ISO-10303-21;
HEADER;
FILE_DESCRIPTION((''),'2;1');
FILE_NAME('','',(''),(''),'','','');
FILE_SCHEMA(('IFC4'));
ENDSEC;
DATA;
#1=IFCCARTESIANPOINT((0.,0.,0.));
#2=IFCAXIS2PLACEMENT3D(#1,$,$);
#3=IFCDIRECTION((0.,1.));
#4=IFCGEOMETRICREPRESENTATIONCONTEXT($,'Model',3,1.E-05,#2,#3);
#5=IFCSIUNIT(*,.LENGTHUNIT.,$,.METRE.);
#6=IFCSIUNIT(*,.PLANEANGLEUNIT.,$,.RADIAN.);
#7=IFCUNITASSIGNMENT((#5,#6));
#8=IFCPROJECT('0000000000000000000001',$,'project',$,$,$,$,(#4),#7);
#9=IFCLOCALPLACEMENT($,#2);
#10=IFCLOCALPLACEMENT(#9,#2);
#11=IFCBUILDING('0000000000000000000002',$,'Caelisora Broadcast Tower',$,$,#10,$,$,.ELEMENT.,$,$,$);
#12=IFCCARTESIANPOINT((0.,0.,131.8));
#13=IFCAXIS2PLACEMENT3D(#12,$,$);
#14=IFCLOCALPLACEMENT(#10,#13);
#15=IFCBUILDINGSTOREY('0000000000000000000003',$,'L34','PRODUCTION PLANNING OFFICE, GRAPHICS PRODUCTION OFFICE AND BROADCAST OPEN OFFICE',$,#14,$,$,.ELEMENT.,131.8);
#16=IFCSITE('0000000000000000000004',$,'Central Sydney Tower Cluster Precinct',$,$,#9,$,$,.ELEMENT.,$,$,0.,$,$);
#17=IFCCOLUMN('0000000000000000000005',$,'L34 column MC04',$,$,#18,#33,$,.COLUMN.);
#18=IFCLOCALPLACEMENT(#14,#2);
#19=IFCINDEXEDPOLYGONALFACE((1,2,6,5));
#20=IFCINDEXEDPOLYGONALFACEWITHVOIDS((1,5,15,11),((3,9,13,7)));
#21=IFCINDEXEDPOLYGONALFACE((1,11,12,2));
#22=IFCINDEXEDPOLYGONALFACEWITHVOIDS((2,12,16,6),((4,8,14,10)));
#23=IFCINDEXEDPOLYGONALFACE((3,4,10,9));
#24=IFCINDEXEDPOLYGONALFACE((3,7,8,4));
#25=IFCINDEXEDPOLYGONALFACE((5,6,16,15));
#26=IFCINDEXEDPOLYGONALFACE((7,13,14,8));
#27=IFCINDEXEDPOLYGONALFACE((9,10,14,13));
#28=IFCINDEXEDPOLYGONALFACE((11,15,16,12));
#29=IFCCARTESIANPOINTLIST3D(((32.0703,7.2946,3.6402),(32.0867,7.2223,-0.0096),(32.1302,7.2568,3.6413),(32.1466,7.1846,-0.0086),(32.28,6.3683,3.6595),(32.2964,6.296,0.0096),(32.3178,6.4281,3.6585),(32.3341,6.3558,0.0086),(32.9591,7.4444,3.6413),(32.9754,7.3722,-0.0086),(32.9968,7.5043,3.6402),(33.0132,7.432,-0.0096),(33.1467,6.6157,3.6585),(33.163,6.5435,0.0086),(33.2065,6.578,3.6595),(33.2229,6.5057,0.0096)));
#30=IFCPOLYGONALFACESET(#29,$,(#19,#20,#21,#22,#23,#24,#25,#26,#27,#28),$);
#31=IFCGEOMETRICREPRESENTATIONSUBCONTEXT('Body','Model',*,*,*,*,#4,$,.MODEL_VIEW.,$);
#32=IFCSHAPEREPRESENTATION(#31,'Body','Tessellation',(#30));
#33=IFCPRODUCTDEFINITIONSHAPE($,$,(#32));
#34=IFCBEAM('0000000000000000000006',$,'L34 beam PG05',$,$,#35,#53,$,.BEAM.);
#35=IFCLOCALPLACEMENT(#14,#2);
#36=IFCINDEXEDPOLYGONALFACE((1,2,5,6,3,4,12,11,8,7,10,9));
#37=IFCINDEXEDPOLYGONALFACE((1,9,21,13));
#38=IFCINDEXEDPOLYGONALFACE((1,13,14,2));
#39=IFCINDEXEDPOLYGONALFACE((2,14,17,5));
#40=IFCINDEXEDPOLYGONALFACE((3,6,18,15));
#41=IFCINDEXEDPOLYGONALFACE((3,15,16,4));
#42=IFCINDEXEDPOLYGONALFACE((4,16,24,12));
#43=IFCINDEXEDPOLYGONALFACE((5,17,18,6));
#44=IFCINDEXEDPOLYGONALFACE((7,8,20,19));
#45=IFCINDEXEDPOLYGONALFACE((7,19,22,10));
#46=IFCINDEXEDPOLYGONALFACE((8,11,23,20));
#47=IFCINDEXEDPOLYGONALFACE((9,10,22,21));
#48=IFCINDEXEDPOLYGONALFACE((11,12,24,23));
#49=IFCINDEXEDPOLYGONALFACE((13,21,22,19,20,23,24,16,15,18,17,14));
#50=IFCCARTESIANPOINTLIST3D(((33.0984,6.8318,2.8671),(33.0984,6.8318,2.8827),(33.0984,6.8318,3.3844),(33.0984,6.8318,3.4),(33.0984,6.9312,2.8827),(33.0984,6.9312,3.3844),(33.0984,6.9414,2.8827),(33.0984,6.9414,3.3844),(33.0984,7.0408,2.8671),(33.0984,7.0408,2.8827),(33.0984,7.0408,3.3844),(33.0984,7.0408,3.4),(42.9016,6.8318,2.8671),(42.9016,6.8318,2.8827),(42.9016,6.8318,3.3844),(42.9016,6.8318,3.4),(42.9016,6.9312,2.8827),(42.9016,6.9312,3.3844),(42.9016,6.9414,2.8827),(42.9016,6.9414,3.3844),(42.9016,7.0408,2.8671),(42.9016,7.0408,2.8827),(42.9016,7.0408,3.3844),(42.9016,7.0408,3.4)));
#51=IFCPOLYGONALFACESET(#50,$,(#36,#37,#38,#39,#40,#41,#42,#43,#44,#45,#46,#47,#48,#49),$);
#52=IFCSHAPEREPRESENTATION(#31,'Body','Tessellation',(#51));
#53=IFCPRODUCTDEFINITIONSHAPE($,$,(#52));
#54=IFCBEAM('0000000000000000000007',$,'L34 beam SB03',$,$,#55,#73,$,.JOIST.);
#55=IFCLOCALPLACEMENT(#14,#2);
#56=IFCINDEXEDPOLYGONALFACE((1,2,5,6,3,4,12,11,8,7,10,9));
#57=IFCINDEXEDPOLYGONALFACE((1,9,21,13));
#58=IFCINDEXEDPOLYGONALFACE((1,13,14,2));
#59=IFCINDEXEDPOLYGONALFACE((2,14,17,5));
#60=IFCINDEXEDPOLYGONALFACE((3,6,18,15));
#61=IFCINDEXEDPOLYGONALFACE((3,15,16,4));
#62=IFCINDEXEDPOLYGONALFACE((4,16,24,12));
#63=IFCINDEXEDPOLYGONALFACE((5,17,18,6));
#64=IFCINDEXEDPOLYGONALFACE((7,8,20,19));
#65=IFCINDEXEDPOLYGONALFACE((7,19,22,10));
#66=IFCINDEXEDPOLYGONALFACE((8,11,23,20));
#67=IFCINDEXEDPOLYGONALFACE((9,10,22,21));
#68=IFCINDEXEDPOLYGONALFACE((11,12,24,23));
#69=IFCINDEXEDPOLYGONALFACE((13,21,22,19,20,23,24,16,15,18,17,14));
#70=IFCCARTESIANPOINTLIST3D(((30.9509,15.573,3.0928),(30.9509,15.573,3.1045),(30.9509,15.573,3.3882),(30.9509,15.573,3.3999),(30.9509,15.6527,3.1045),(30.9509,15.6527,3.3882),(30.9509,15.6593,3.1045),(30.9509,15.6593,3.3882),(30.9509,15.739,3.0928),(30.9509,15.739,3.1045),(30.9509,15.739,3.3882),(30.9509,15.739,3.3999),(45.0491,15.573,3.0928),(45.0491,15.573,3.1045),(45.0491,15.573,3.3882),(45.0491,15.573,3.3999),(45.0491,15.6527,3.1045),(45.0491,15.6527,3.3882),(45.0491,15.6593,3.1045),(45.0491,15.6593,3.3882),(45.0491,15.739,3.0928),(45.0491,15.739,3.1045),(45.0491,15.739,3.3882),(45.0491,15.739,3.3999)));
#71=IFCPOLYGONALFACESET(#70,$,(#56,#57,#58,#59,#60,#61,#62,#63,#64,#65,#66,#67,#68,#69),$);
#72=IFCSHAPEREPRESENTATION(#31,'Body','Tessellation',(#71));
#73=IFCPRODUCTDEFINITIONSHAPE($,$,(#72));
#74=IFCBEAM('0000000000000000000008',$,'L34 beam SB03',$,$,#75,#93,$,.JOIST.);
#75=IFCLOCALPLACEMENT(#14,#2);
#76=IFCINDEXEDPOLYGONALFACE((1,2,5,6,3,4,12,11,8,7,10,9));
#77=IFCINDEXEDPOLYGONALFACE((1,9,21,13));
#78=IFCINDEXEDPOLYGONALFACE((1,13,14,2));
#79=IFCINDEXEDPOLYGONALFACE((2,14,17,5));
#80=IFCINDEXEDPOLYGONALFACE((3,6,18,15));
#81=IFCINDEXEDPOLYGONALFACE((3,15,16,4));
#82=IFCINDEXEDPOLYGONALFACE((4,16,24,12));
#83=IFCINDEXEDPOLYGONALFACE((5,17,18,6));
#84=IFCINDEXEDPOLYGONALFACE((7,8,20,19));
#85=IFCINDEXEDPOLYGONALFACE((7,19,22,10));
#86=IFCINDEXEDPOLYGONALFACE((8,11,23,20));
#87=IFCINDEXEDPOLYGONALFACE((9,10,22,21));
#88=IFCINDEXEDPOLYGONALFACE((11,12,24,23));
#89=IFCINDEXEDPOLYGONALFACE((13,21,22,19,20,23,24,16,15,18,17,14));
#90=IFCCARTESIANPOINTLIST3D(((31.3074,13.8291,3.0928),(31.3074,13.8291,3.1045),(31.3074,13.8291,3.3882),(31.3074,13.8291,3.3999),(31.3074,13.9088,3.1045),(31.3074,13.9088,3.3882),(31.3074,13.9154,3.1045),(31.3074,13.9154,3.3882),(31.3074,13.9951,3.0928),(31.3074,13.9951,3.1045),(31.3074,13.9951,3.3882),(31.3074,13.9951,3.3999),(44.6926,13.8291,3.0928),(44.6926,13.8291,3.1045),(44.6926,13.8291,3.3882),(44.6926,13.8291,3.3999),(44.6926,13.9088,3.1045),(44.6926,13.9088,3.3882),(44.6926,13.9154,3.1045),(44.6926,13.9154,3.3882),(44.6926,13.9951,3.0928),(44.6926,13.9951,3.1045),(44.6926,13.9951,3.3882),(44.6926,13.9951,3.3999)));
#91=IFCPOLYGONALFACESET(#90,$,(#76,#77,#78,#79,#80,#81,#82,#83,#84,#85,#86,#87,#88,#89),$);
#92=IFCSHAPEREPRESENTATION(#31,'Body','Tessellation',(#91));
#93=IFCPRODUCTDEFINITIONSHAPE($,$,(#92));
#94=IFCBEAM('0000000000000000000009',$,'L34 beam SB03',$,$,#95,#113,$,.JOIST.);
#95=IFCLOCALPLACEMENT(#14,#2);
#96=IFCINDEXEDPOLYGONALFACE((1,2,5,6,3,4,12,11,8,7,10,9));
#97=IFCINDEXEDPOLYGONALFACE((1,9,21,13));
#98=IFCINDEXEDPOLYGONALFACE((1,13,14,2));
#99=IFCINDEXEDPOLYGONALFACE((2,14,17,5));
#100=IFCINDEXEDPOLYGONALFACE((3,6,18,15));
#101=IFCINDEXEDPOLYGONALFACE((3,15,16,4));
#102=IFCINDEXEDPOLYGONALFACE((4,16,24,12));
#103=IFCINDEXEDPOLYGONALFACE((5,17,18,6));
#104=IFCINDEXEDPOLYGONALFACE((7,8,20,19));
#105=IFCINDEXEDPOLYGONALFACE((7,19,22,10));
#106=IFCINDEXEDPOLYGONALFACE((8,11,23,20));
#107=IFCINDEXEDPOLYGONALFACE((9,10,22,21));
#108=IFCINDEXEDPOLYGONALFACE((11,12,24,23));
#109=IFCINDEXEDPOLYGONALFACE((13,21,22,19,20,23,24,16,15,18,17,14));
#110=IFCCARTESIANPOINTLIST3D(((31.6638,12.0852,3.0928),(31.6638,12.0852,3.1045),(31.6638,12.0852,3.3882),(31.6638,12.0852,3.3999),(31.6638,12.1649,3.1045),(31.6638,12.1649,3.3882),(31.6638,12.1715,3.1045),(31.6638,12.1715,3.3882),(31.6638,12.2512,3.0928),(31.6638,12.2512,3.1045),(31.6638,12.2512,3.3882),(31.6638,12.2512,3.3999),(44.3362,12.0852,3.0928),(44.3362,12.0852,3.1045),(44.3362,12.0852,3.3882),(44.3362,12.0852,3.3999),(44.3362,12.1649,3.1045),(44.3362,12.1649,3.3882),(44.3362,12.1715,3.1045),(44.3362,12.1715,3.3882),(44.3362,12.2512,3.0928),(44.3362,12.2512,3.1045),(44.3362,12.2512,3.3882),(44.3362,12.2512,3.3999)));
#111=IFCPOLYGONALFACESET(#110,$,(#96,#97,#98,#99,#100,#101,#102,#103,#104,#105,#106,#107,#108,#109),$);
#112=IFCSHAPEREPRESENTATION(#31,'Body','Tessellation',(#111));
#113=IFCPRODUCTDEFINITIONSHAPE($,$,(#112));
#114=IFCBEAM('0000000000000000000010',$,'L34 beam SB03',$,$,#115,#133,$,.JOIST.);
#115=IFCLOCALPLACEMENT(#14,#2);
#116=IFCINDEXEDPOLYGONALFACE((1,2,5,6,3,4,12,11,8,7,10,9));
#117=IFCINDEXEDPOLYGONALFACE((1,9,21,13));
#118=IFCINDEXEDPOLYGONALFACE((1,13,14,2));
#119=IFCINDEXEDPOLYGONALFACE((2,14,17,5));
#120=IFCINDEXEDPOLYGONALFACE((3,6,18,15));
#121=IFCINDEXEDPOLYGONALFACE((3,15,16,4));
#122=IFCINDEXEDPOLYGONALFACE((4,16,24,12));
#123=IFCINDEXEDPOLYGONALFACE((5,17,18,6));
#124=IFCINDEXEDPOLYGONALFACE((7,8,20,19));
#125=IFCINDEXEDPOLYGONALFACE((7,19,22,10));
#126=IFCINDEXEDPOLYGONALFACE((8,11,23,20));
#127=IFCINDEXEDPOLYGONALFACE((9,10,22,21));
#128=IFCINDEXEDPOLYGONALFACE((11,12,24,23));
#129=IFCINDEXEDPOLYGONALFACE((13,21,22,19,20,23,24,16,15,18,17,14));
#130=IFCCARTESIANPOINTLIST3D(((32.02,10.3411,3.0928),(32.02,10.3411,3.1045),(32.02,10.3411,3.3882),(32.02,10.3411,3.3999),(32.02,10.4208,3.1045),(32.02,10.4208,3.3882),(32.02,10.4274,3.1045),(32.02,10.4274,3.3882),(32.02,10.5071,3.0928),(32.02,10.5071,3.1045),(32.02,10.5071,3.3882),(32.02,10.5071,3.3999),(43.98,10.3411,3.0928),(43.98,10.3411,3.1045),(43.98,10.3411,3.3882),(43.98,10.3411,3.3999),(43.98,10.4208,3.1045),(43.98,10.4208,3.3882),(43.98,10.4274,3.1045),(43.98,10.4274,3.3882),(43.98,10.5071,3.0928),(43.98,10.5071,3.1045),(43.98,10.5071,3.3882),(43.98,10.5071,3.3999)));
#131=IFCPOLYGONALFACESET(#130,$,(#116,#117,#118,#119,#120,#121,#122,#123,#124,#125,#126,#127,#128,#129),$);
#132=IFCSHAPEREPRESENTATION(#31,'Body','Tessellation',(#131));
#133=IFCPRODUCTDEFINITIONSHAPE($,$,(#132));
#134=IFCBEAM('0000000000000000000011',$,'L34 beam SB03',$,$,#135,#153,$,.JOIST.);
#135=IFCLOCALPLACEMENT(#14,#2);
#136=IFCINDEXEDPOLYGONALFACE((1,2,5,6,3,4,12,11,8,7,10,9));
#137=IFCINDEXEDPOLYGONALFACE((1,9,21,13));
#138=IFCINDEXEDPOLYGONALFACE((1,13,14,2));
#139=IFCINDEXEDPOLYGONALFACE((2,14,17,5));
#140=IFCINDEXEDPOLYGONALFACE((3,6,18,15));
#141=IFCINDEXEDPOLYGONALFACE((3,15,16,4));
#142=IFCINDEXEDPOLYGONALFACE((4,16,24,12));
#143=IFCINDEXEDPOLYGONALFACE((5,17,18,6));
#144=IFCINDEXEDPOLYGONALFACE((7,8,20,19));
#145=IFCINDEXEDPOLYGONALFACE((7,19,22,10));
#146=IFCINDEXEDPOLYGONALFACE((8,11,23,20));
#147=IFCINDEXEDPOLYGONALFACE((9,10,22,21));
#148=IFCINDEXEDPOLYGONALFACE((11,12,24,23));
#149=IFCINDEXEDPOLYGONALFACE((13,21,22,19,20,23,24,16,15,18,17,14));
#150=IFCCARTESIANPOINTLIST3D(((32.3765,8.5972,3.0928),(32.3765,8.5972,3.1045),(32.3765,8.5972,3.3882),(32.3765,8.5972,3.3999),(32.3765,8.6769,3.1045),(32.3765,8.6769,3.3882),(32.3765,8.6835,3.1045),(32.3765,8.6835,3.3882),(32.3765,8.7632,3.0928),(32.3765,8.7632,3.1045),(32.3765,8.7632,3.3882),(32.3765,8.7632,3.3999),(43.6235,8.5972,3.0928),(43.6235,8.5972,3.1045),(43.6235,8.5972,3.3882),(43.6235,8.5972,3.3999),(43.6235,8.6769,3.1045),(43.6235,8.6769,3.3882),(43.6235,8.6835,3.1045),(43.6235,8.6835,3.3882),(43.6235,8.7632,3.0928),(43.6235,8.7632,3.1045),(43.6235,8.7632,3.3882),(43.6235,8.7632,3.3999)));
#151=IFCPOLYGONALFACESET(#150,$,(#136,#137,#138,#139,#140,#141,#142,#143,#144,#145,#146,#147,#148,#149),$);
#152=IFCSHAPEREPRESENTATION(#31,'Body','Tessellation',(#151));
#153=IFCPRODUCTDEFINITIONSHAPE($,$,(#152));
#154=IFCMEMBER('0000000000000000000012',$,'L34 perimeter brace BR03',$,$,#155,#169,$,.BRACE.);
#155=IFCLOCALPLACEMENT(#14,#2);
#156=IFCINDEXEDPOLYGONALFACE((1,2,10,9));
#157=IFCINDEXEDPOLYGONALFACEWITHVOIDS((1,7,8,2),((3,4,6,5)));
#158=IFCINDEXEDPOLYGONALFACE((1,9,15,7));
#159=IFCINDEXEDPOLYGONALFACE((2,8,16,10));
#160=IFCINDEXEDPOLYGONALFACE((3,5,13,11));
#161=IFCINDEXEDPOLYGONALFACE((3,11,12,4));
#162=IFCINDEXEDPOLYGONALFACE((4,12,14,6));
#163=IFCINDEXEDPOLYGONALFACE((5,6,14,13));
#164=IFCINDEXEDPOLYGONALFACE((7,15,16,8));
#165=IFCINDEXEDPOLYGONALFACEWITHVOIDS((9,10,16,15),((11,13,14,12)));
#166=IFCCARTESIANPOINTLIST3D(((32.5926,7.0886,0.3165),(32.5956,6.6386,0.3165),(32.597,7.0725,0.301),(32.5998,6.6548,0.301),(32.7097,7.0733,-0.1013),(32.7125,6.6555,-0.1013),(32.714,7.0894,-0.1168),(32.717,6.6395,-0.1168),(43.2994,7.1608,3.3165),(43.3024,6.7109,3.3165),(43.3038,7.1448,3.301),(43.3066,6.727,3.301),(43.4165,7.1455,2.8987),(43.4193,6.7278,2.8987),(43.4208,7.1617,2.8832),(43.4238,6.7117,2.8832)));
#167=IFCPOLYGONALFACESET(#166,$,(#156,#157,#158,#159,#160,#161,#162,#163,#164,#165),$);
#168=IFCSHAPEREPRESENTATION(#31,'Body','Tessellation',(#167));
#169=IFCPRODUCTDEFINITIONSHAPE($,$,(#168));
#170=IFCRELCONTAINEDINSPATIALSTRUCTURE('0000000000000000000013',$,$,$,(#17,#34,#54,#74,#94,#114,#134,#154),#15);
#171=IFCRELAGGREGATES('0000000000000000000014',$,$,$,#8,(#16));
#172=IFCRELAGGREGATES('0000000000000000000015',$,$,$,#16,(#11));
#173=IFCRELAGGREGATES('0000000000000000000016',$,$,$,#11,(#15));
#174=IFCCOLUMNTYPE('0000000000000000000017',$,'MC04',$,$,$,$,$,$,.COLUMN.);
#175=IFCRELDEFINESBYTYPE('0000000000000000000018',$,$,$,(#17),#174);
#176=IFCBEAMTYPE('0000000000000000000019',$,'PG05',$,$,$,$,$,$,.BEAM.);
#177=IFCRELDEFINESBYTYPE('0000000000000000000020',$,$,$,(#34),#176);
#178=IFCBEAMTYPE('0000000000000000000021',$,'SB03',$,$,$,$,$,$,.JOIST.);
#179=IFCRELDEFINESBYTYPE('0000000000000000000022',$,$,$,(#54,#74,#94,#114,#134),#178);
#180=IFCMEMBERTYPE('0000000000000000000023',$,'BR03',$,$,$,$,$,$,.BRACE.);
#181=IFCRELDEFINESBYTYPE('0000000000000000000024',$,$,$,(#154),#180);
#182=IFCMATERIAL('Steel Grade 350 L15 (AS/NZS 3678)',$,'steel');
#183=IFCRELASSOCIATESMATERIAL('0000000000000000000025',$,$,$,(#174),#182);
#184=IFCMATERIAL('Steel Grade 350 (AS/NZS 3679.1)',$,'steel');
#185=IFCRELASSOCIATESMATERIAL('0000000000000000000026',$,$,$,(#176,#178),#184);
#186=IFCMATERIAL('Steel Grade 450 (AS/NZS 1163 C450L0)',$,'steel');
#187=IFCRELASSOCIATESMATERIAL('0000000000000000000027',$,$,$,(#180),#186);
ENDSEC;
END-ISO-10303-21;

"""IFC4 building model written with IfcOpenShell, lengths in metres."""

from ifc_helpers import new_model, si_unit, direction, frame, origin, origin_2d, place, context, subcontext, project, spatial, hollow_rectangle, i_section, extrude, source, transform, mapped, material, material_profile, profile_set, type_object, type_shapes, element, save


model = new_model("IFC4")

# Units and contexts
model_context = context("Model", 3, precision=1e-05, world=origin(), true_north=direction((0.0, 1.0)))
body_context = subcontext(model_context, "Body", "Model", "MODEL_VIEW")
ifc_project = project(units=[si_unit("LENGTHUNIT", "METRE"), si_unit("PLANEANGLEUNIT", "RADIAN")], contexts=[model_context])

# Site, building, storey
site_placement = place(None, origin())
site = spatial("IfcSite", under=ifc_project, at=site_placement, Name="Central Sydney Tower Cluster Precinct", CompositionType="ELEMENT", RefElevation=0.0)
building_placement = place(site_placement, origin())
building = spatial("IfcBuilding", under=site, at=building_placement, Name="Caelisora Broadcast Tower", CompositionType="ELEMENT")
storey_placement = place(building_placement, frame((0.0, 0.0, 131.8)))
storey = spatial("IfcBuildingStorey", under=building, at=storey_placement, Name="L34", Description="PRODUCTION PLANNING OFFICE, GRAPHICS PRODUCTION OFFICE AND BROADCAST OPEN OFFICE", CompositionType="ELEMENT", Elevation=131.8)

# Column
ifc_material_1 = material(Name="Steel Grade 350 L15 (AS/NZS 3678)", Category="steel")
ifc_material_profile_1 = material_profile(ifc_material_1, hollow_rectangle(XDim=0.95, YDim=0.95, WallThickness=0.05, at=origin_2d()), Name="Steel Grade 350 L15 (AS/NZS 3678)")
ifc_profile_set_1 = profile_set([ifc_material_profile_1], Name="Steel Grade 350 L15 (AS/NZS 3678)")
column_type = type_object("IfcColumnType", Name="MC04", PredefinedType="COLUMN", material=ifc_profile_set_1)
shared_shape_1 = source(origin(), body_context, "Body", "SweptSolid", [
    extrude(hollow_rectangle(XDim=0.95, YDim=0.95, WallThickness=0.05, at=origin_2d()), origin(), (0.0, 0.0, 1.0), 3.6506),
])
type_shapes(column_type, [shared_shape_1])
column_placement = place(storey_placement, frame((32.6548, 6.864, 0.0), z_axis=(-0.004481, 0.019795, 0.999794), x_axis=(-0.975327, -0.220767, 0.0)))
element("IfcColumn", 1, at=column_placement, inside=storey, type_object=column_type, Name="L34 column MC04", PredefinedType="COLUMN", context=body_context, shape_type="MappedRepresentation", body=[
    mapped(shared_shape_1, transform((0.0, 0.0, 0.0), scale=1.0)),
])

# Beams
ifc_material_2 = material(Name="Steel Grade 350 (AS/NZS 3679.1)", Category="steel")
ifc_material_profile_2 = material_profile(ifc_material_2, i_section(OverallWidth=0.209, OverallDepth=0.533, WebThickness=0.0103, FlangeThickness=0.0156, at=origin_2d()), Name="Steel Grade 350 (AS/NZS 3679.1)")
ifc_profile_set_2 = profile_set([ifc_material_profile_2], Name="Steel Grade 350 (AS/NZS 3679.1)")
beam_type_1 = type_object("IfcBeamType", Name="PG05", PredefinedType="BEAM", material=ifc_profile_set_2)
shared_shape_2 = source(origin(), body_context, "Body", "SweptSolid", [
    extrude(i_section(OverallWidth=0.209, OverallDepth=0.533, WebThickness=0.0103, FlangeThickness=0.0156, at=origin_2d()), origin(), (0.0, 0.0, 1.0), 9.8032),
])
type_shapes(beam_type_1, [shared_shape_2])
beam_1_placement = place(storey_placement, frame((33.0984, 6.9363, 3.1335), z_axis=(1.0, 0.0, 0.0), x_axis=(0.0, 1.0, 0.0)))
element("IfcBeam", 2, at=beam_1_placement, inside=storey, type_object=beam_type_1, Name="L34 beam PG05", PredefinedType="BEAM", context=body_context, shape_type="MappedRepresentation", body=[
    mapped(shared_shape_2, transform((0.0, 0.0, 0.0), scale=1.0)),
])
ifc_material_profile_3 = material_profile(ifc_material_2, i_section(OverallWidth=0.166, OverallDepth=0.3071, WebThickness=0.0066, FlangeThickness=0.0117, at=origin_2d()), Name="Steel Grade 350 (AS/NZS 3679.1)")
ifc_profile_set_3 = profile_set([ifc_material_profile_3], Name="Steel Grade 350 (AS/NZS 3679.1)")
beam_type_2 = type_object("IfcBeamType", Name="SB03", PredefinedType="JOIST", material=ifc_profile_set_3)
shared_shape_3 = source(origin(), body_context, "Body", "SweptSolid", [
    extrude(i_section(OverallWidth=0.166, OverallDepth=0.3071, WebThickness=0.0066, FlangeThickness=0.0117, at=origin_2d()), origin(), (0.0, 0.0, 1.0), 14.0981),
])
beam_2_placement = place(storey_placement, frame((30.9509, 15.656, 3.2463), z_axis=(1.0, 0.0, 0.0), x_axis=(0.0, 1.0, 0.0)))
element("IfcBeam", 3, at=beam_2_placement, inside=storey, type_object=beam_type_2, Name="L34 beam SB03", PredefinedType="JOIST", context=body_context, shape_type="MappedRepresentation", body=[
    mapped(shared_shape_3, transform((0.0, 0.0, 0.0), scale=1.0)),
])
shared_shape_4 = source(origin(), body_context, "Body", "SweptSolid", [
    extrude(i_section(OverallWidth=0.166, OverallDepth=0.3071, WebThickness=0.0066, FlangeThickness=0.0117, at=origin_2d()), origin(), (0.0, 0.0, 1.0), 13.3853),
])
beam_3_placement = place(storey_placement, frame((31.3074, 13.9121, 3.2463), z_axis=(1.0, 0.0, 0.0), x_axis=(0.0, 1.0, 0.0)))
element("IfcBeam", 4, at=beam_3_placement, inside=storey, type_object=beam_type_2, Name="L34 beam SB03", PredefinedType="JOIST", context=body_context, shape_type="MappedRepresentation", body=[
    mapped(shared_shape_4, transform((0.0, 0.0, 0.0), scale=1.0)),
])
shared_shape_5 = source(origin(), body_context, "Body", "SweptSolid", [
    extrude(i_section(OverallWidth=0.166, OverallDepth=0.3071, WebThickness=0.0066, FlangeThickness=0.0117, at=origin_2d()), origin(), (0.0, 0.0, 1.0), 12.6724),
])
beam_4_placement = place(storey_placement, frame((31.6638, 12.1682, 3.2463), z_axis=(1.0, 0.0, 0.0), x_axis=(0.0, 1.0, 0.0)))
element("IfcBeam", 5, at=beam_4_placement, inside=storey, type_object=beam_type_2, Name="L34 beam SB03", PredefinedType="JOIST", context=body_context, shape_type="MappedRepresentation", body=[
    mapped(shared_shape_5, transform((0.0, 0.0, 0.0), scale=1.0)),
])
shared_shape_6 = source(origin(), body_context, "Body", "SweptSolid", [
    extrude(i_section(OverallWidth=0.166, OverallDepth=0.3071, WebThickness=0.0066, FlangeThickness=0.0117, at=origin_2d()), origin(), (0.0, 0.0, 1.0), 11.96),
])
beam_5_placement = place(storey_placement, frame((32.02, 10.4241, 3.2463), z_axis=(1.0, 0.0, 0.0), x_axis=(0.0, 1.0, 0.0)))
element("IfcBeam", 6, at=beam_5_placement, inside=storey, type_object=beam_type_2, Name="L34 beam SB03", PredefinedType="JOIST", context=body_context, shape_type="MappedRepresentation", body=[
    mapped(shared_shape_6, transform((0.0, 0.0, 0.0), scale=1.0)),
])
shared_shape_7 = source(origin(), body_context, "Body", "SweptSolid", [
    extrude(i_section(OverallWidth=0.166, OverallDepth=0.3071, WebThickness=0.0066, FlangeThickness=0.0117, at=origin_2d()), origin(), (0.0, 0.0, 1.0), 11.2471),
])
type_shapes(beam_type_2, [shared_shape_3, shared_shape_4, shared_shape_5, shared_shape_6, shared_shape_7])
beam_6_placement = place(storey_placement, frame((32.3765, 8.6802, 3.2463), z_axis=(1.0, 0.0, 0.0), x_axis=(0.0, 1.0, 0.0)))
element("IfcBeam", 7, at=beam_6_placement, inside=storey, type_object=beam_type_2, Name="L34 beam SB03", PredefinedType="JOIST", context=body_context, shape_type="MappedRepresentation", body=[
    mapped(shared_shape_7, transform((0.0, 0.0, 0.0), scale=1.0)),
])

# Member
ifc_material_3 = material(Name="Steel Grade 450 (AS/NZS 1163 C450L0)", Category="steel")
ifc_material_profile_4 = material_profile(ifc_material_3, hollow_rectangle(XDim=0.45, YDim=0.45, WallThickness=0.0161, at=origin_2d()), Name="Steel Grade 450 (AS/NZS 1163 C450L0)")
ifc_profile_set_4 = profile_set([ifc_material_profile_4], Name="Steel Grade 450 (AS/NZS 1163 C450L0)")
member_type_1 = type_object("IfcMemberType", Name="BR03", PredefinedType="BRACE", material=ifc_profile_set_4)
shared_shape_8 = source(origin(), body_context, "Body", "SweptSolid", [
    extrude(hollow_rectangle(XDim=0.45, YDim=0.45, WallThickness=0.0161, at=origin_2d()), origin(), (0.0, 0.0, 1.0), 11.1194),
])
type_shapes(member_type_1, [shared_shape_8])
member_1_placement = place(storey_placement, frame((32.6548, 6.864, 0.0999), z_axis=(0.962895, 0.006499, 0.269799), x_axis=(-0.006749, 0.999977, 0.0)))
element("IfcMember", 8, at=member_1_placement, inside=storey, type_object=member_type_1, Name="L34 perimeter brace BR03", PredefinedType="BRACE", context=body_context, shape_type="MappedRepresentation", body=[
    mapped(shared_shape_8, transform((0.0, 0.0, 0.0), scale=1.0)),
])

save(model, "model.ifc")
